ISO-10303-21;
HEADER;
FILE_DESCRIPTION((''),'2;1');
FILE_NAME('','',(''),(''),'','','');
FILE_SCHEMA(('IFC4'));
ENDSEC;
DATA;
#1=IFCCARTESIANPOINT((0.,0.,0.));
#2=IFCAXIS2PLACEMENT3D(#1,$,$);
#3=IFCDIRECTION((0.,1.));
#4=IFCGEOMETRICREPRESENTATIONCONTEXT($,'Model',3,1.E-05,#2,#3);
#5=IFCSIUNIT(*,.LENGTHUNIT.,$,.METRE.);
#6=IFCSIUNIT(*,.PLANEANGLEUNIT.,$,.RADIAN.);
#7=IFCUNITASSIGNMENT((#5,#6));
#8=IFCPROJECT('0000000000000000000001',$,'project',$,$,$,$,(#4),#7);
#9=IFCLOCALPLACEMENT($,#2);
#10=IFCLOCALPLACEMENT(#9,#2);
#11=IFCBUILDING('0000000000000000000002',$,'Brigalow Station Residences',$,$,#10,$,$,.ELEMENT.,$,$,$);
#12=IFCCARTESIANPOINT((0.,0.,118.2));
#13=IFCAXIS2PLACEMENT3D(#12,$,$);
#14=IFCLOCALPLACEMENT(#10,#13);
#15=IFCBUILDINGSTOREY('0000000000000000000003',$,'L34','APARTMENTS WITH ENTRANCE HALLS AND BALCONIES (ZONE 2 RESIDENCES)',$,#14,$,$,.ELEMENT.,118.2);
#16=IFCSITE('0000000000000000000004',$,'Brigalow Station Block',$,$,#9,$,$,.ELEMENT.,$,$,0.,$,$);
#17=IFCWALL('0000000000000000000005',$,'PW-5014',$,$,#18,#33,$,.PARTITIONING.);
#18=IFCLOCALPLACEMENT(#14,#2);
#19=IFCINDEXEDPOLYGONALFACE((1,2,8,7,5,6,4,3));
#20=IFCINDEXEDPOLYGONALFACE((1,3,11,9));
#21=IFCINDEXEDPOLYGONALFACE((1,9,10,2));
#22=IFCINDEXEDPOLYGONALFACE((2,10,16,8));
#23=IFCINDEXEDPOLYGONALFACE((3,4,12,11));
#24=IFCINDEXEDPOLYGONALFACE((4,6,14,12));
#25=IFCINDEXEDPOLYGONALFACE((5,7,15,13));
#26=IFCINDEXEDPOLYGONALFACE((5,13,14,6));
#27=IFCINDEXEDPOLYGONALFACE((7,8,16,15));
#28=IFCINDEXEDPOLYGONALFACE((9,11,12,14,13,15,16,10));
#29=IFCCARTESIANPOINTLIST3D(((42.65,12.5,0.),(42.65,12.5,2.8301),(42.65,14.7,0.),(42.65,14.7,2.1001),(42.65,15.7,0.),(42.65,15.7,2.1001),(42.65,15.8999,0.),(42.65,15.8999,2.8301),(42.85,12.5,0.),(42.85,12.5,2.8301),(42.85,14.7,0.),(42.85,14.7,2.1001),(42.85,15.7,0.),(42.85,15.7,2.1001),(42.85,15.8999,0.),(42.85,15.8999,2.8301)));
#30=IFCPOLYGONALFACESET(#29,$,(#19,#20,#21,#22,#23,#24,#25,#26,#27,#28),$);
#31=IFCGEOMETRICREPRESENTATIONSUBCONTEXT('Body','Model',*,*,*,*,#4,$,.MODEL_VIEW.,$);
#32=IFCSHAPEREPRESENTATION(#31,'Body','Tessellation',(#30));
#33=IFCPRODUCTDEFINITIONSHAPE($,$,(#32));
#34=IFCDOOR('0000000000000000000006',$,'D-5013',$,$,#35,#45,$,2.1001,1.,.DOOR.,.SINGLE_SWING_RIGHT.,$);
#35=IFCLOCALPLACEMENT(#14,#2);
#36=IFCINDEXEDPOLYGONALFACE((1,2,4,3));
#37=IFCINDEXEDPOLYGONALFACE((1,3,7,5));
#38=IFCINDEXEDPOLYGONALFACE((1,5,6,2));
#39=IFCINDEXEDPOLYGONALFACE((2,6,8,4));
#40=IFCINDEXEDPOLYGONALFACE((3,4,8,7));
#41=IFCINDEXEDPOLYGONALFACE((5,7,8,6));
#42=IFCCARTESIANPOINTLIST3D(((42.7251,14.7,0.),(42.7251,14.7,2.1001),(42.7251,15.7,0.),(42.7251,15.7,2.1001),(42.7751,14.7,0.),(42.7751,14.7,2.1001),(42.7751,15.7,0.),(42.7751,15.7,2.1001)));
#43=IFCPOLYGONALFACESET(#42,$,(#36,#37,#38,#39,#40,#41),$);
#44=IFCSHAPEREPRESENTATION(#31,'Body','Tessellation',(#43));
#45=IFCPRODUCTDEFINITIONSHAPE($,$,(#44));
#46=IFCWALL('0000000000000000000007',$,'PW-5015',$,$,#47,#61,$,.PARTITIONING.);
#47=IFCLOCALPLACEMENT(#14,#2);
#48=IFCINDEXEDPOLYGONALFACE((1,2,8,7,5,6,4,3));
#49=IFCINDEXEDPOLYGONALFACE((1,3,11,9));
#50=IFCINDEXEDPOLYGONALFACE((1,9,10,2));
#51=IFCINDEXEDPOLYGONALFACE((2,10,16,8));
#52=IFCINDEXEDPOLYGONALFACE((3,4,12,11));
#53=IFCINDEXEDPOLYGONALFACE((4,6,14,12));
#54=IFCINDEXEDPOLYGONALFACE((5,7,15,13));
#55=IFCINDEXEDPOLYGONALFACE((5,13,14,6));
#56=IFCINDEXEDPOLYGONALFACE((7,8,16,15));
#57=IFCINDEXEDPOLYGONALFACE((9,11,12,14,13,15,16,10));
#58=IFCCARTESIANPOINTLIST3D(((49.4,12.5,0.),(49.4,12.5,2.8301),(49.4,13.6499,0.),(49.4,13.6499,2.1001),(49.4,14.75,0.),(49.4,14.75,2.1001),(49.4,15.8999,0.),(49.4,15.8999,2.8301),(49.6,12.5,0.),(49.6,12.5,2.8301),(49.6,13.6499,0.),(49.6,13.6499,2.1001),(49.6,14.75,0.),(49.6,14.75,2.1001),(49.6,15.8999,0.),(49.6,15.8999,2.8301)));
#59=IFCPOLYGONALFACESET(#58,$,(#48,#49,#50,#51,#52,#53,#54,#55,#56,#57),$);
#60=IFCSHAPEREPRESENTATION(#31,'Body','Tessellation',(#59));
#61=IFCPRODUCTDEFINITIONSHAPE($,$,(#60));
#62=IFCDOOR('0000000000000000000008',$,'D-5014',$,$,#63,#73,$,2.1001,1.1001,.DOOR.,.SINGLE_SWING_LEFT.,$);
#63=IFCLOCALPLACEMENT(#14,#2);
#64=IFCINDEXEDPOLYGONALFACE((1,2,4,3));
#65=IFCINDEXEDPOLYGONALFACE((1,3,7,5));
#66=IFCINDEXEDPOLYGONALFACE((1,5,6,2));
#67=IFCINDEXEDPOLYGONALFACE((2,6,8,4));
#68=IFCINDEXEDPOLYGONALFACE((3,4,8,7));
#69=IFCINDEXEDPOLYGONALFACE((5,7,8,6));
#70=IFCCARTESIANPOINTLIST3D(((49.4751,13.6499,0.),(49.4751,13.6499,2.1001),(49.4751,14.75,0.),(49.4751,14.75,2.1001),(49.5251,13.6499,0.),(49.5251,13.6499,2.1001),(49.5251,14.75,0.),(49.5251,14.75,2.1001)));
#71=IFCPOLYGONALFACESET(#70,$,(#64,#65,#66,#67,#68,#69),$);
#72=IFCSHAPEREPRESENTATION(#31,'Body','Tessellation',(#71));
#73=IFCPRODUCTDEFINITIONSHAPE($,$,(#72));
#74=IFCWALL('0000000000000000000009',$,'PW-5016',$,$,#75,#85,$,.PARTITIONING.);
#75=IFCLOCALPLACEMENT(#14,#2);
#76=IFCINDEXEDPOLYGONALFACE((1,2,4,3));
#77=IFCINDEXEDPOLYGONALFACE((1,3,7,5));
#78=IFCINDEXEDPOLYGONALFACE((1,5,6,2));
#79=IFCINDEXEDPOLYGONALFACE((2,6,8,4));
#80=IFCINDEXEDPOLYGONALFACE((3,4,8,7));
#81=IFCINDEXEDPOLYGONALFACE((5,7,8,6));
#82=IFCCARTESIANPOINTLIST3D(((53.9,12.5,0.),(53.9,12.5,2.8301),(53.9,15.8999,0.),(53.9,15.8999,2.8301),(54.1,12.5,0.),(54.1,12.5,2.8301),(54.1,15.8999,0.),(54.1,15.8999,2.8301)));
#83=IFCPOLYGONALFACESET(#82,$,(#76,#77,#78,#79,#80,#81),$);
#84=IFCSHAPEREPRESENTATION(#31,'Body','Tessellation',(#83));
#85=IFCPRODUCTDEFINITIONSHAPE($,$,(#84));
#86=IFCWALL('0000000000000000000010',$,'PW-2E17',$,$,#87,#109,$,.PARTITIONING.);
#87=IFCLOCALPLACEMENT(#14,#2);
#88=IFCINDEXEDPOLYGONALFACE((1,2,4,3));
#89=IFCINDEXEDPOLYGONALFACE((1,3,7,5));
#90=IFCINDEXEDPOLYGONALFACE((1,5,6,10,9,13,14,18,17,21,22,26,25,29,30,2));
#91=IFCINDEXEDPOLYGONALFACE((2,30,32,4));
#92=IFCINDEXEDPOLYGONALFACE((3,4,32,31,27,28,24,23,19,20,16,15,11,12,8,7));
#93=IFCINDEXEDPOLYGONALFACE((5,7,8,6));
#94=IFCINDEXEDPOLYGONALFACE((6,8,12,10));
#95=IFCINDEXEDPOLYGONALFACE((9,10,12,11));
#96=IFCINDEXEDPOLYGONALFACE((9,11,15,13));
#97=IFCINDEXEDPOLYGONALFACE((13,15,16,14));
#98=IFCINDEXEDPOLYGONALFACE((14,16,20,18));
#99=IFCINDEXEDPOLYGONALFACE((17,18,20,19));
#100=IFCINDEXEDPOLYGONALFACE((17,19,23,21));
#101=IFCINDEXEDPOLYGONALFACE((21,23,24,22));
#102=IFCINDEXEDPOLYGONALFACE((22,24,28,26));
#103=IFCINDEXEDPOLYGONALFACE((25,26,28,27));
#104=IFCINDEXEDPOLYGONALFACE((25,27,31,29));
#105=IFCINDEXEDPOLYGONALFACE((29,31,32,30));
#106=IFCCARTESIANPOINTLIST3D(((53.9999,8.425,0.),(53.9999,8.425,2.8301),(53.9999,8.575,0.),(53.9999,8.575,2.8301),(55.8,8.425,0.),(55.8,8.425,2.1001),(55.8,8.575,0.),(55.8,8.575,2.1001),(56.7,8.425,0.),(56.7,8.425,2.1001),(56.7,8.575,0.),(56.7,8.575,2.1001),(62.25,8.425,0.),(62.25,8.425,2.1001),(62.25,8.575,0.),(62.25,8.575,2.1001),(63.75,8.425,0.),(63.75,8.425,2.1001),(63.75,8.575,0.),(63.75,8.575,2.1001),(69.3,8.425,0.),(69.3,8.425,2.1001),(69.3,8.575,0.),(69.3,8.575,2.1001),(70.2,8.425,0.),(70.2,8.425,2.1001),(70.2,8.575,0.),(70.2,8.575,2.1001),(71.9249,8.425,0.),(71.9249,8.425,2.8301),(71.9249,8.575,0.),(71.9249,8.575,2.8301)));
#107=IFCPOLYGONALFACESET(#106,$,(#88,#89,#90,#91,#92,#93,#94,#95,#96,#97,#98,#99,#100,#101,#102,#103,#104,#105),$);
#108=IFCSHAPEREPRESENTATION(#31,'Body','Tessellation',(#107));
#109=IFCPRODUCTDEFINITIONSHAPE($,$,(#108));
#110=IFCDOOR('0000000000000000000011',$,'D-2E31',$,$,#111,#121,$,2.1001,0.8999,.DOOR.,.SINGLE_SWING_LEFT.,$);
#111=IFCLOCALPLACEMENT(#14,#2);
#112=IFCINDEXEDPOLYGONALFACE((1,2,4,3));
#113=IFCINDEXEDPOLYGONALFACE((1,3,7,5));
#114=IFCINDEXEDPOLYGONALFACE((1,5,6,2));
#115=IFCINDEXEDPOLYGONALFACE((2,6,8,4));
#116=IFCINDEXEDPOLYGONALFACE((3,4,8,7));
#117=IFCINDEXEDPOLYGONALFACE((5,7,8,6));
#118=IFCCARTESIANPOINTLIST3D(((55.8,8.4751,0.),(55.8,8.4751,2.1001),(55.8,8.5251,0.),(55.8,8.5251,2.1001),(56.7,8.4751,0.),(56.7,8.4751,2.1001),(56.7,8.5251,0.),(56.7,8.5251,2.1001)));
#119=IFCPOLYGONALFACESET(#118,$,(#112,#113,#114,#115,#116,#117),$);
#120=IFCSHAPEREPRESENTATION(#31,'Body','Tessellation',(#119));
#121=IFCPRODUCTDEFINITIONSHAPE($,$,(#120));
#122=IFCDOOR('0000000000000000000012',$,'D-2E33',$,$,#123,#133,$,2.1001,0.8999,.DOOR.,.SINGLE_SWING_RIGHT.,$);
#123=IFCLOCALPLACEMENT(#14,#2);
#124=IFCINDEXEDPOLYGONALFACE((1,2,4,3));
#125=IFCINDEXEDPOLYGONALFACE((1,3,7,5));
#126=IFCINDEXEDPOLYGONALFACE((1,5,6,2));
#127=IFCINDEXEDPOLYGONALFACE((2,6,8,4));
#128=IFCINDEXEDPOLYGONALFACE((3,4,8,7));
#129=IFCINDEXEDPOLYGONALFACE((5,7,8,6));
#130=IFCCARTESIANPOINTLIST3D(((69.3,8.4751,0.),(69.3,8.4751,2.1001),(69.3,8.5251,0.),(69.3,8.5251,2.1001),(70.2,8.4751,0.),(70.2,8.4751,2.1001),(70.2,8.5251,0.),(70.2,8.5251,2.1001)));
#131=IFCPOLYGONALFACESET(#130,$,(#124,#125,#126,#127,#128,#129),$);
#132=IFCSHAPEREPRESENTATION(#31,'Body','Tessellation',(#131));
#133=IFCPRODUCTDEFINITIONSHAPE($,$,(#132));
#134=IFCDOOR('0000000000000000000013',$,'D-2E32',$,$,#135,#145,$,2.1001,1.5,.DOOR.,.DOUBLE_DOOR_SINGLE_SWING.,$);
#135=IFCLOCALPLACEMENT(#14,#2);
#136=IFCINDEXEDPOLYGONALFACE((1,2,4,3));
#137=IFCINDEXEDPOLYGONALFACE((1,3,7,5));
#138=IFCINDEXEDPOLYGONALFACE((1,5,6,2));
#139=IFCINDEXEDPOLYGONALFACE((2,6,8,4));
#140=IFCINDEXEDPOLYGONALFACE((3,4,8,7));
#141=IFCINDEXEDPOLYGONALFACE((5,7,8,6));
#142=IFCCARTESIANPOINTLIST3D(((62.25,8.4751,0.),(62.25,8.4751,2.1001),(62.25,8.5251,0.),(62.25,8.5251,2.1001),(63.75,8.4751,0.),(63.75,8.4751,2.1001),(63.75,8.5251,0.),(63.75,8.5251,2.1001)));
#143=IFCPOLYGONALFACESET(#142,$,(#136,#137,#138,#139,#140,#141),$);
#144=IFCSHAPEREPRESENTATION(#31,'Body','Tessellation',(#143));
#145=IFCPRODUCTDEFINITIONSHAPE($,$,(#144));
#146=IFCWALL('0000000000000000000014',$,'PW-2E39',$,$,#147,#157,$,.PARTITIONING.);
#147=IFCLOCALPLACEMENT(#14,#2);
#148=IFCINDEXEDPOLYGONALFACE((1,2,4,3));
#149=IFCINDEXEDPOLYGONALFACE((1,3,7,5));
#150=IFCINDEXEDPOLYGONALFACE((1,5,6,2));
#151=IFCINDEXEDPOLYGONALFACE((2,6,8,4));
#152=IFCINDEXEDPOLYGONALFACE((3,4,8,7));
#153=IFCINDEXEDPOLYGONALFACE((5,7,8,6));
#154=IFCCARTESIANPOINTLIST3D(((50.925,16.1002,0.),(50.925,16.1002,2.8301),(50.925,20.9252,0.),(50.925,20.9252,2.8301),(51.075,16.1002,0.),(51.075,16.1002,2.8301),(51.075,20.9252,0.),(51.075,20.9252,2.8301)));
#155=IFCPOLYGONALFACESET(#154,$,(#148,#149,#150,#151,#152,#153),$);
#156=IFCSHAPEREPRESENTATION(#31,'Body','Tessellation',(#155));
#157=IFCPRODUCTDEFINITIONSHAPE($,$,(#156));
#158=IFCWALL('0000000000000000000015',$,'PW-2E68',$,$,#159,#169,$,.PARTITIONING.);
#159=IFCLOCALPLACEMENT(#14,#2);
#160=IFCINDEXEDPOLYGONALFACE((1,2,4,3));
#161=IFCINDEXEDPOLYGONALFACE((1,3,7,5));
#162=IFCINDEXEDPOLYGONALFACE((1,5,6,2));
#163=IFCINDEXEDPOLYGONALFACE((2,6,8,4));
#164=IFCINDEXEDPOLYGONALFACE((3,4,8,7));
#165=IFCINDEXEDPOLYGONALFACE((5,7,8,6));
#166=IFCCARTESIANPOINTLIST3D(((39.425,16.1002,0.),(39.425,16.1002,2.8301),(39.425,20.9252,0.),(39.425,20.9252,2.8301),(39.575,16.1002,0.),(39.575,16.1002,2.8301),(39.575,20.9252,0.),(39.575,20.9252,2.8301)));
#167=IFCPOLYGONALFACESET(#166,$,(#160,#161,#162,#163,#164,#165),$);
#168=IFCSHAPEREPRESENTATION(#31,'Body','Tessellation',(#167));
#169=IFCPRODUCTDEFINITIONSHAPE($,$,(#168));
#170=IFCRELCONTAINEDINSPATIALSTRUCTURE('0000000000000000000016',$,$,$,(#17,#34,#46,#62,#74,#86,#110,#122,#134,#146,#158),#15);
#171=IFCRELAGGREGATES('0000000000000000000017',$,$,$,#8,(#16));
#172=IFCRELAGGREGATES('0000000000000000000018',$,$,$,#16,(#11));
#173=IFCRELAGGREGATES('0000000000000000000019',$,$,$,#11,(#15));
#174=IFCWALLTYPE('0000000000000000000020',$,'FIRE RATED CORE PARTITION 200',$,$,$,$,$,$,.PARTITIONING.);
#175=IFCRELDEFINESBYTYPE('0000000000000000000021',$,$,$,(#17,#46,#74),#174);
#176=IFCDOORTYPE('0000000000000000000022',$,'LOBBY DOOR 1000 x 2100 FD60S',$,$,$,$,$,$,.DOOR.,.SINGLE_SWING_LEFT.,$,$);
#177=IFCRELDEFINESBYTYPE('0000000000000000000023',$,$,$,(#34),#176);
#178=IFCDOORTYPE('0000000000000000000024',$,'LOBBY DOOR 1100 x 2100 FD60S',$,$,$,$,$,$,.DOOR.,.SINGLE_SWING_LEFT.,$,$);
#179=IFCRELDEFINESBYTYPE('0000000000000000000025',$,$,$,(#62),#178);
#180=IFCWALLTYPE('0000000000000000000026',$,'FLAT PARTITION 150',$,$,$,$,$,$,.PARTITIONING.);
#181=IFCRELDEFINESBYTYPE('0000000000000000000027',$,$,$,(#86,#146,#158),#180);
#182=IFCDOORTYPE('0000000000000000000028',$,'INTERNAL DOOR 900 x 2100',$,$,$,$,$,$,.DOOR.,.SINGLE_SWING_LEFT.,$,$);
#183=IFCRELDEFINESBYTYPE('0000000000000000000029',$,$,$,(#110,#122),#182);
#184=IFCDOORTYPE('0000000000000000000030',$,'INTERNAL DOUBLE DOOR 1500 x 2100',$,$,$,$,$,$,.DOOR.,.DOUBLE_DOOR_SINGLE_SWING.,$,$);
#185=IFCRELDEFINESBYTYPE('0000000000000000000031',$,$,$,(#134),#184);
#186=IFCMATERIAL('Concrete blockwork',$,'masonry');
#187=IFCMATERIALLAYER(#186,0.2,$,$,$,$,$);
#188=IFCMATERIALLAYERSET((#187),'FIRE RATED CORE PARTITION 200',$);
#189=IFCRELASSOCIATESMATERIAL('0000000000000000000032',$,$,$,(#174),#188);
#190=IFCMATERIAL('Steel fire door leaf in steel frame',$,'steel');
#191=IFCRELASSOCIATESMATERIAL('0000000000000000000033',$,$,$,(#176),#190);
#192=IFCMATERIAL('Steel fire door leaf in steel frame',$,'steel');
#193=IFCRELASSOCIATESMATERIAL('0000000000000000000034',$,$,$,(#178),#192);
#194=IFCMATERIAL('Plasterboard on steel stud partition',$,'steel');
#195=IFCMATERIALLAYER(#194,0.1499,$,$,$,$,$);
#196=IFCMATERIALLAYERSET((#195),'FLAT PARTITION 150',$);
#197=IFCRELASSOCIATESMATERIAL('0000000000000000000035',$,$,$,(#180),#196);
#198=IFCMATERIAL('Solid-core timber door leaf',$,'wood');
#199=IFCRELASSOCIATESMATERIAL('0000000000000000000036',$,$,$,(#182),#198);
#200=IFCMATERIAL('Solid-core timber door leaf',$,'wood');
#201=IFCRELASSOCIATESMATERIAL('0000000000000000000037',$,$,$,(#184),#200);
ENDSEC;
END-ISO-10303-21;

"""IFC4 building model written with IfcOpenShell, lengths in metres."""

from ifc_helpers import new_model, si_unit, direction, frame, frame_2d, origin, place, context, subcontext, project, spatial, rectangle, extrude, material, layer, layer_set, type_object, element, fill, save


model = new_model("IFC4")

# Units and contexts
model_context = context("Model", 3, precision=1e-05, world=origin(), true_north=direction((0.0, 1.0)))
body_context = subcontext(model_context, "Body", "Model", "MODEL_VIEW")
ifc_project = project(units=[si_unit("LENGTHUNIT", "METRE"), si_unit("PLANEANGLEUNIT", "RADIAN")], contexts=[model_context])

# Site, building, storey
site_placement = place(None, origin())
site = spatial("IfcSite", under=ifc_project, at=site_placement, Name="Brigalow Station Block", CompositionType="ELEMENT", RefElevation=0.0)
building_placement = place(site_placement, origin())
building = spatial("IfcBuilding", under=site, at=building_placement, Name="Brigalow Station Residences", CompositionType="ELEMENT")
storey_placement = place(building_placement, frame((0.0, 0.0, 118.2)))
storey = spatial("IfcBuildingStorey", under=building, at=storey_placement, Name="L34", Description="APARTMENTS WITH ENTRANCE HALLS AND BALCONIES (ZONE 2 RESIDENCES)", CompositionType="ELEMENT", Elevation=118.2)

# Walls, openings, doors
ifc_material_1 = material(Name="Concrete blockwork", Category="masonry")
ifc_layer_1 = layer(ifc_material_1, 0.2)
ifc_layer_set_1 = layer_set([ifc_layer_1], Name="FIRE RATED CORE PARTITION 200")
wall_type_1 = type_object("IfcWallType", Name="FIRE RATED CORE PARTITION 200", PredefinedType="PARTITIONING", material=ifc_layer_set_1)
wall_1_placement = place(storey_placement, frame((42.75, 12.5, 0.0), z_axis=(0.0, 0.0, 1.0), x_axis=(0.0, 1.0, 0.0)))
wall_1 = element("IfcWall", 1, at=wall_1_placement, inside=storey, type_object=wall_type_1, Name="PW-5014", PredefinedType="PARTITIONING", context=body_context, shape_type="SweptSolid", body=[
    extrude(rectangle(XDim=3.3999, YDim=0.2, at=frame_2d((1.7, 0.0))), origin(), (0.0, 0.0, 1.0), 2.8301),
])
opening_1_placement = place(wall_1_placement, frame((2.2, 0.0, 0.0)))
opening_1 = element("IfcOpeningElement", 2, at=opening_1_placement, cuts=wall_1, PredefinedType="OPENING", context=body_context, shape_type="SweptSolid", body=[
    extrude(rectangle(XDim=1.0, YDim=2.1001, at=frame_2d((0.5, 1.05))), frame((0.0, 0.1099, 0.0), z_axis=(0.0, -1.0, 0.0), x_axis=(1.0, 0.0, 0.0)), (0.0, 0.0, 1.0), 0.22),
])
ifc_material_2 = material(Name="Steel fire door leaf in steel frame", Category="steel")
door_type_1 = type_object("IfcDoorType", Name="LOBBY DOOR 1000 x 2100 FD60S", OperationType="SINGLE_SWING_LEFT", PredefinedType="DOOR", material=ifc_material_2)
door_1_placement = place(opening_1_placement, origin())
door_1 = element("IfcDoor", 3, at=door_1_placement, inside=storey, type_object=door_type_1, Name="D-5013", OperationType="SINGLE_SWING_RIGHT", OverallHeight=2.1001, OverallWidth=1.0, PredefinedType="DOOR", context=body_context, shape_type="SweptSolid", body=[
    extrude(rectangle(XDim=1.0, YDim=2.1001, at=frame_2d((0.5, 1.05))), frame((0.0, 0.0249, 0.0), z_axis=(0.0, -1.0, 0.0), x_axis=(1.0, 0.0, 0.0)), (0.0, 0.0, 1.0), 0.05),
])
fill(opening_1, door_1)
wall_2_placement = place(storey_placement, frame((49.5, 12.5, 0.0), z_axis=(0.0, 0.0, 1.0), x_axis=(0.0, 1.0, 0.0)))
wall_2 = element("IfcWall", 4, at=wall_2_placement, inside=storey, type_object=wall_type_1, Name="PW-5015", PredefinedType="PARTITIONING", context=body_context, shape_type="SweptSolid", body=[
    extrude(rectangle(XDim=3.3999, YDim=0.2, at=frame_2d((1.7, 0.0))), origin(), (0.0, 0.0, 1.0), 2.8301),
])
opening_2_placement = place(wall_2_placement, frame((1.1499, 0.0, 0.0)))
opening_2 = element("IfcOpeningElement", 5, at=opening_2_placement, cuts=wall_2, PredefinedType="OPENING", context=body_context, shape_type="SweptSolid", body=[
    extrude(rectangle(XDim=1.1001, YDim=2.1001, at=frame_2d((0.55, 1.05))), frame((0.0, 0.1099, 0.0), z_axis=(0.0, -1.0, 0.0), x_axis=(1.0, 0.0, 0.0)), (0.0, 0.0, 1.0), 0.22),
])
ifc_material_3 = material(Name="Steel fire door leaf in steel frame", Category="steel")
door_type_2 = type_object("IfcDoorType", Name="LOBBY DOOR 1100 x 2100 FD60S", OperationType="SINGLE_SWING_LEFT", PredefinedType="DOOR", material=ifc_material_3)
door_2_placement = place(opening_2_placement, origin())
door_2 = element("IfcDoor", 6, at=door_2_placement, inside=storey, type_object=door_type_2, Name="D-5014", OperationType="SINGLE_SWING_LEFT", OverallHeight=2.1001, OverallWidth=1.1001, PredefinedType="DOOR", context=body_context, shape_type="SweptSolid", body=[
    extrude(rectangle(XDim=1.1001, YDim=2.1001, at=frame_2d((0.55, 1.05))), frame((0.0, 0.0249, 0.0), z_axis=(0.0, -1.0, 0.0), x_axis=(1.0, 0.0, 0.0)), (0.0, 0.0, 1.0), 0.05),
])
fill(opening_2, door_2)

# Wall
wall_3_placement = place(storey_placement, frame((54.0, 12.5, 0.0), z_axis=(0.0, 0.0, 1.0), x_axis=(0.0, 1.0, 0.0)))
element("IfcWall", 7, at=wall_3_placement, inside=storey, type_object=wall_type_1, Name="PW-5016", PredefinedType="PARTITIONING", context=body_context, shape_type="SweptSolid", body=[
    extrude(rectangle(XDim=3.3999, YDim=0.2, at=frame_2d((1.7, 0.0))), origin(), (0.0, 0.0, 1.0), 2.8301),
])

# Wall, openings, doors
ifc_material_4 = material(Name="Plasterboard on steel stud partition", Category="steel")
ifc_layer_2 = layer(ifc_material_4, 0.1499)
ifc_layer_set_2 = layer_set([ifc_layer_2], Name="FLAT PARTITION 150")
wall_type_2 = type_object("IfcWallType", Name="FLAT PARTITION 150", PredefinedType="PARTITIONING", material=ifc_layer_set_2)
wall_4_placement = place(storey_placement, frame((54.0, 8.5, 0.0), z_axis=(0.0, 0.0, 1.0), x_axis=(1.0, 0.0, 0.0)))
wall_4 = element("IfcWall", 8, at=wall_4_placement, inside=storey, type_object=wall_type_2, Name="PW-2E17", PredefinedType="PARTITIONING", context=body_context, shape_type="SweptSolid", body=[
    extrude(rectangle(XDim=17.925, YDim=0.1499, at=frame_2d((8.9624, 0.0))), origin(), (0.0, 0.0, 1.0), 2.8301),
])
opening_3_placement = place(wall_4_placement, frame((1.8, 0.0, 0.0)))
opening_3 = element("IfcOpeningElement", 9, at=opening_3_placement, cuts=wall_4, PredefinedType="OPENING", context=body_context, shape_type="SweptSolid", body=[
    extrude(rectangle(XDim=0.8999, YDim=2.1001, at=frame_2d((0.45, 1.05))), frame((0.0, 0.085, 0.0), z_axis=(0.0, -1.0, 0.0), x_axis=(1.0, 0.0, 0.0)), (0.0, 0.0, 1.0), 0.1699),
])
opening_4_placement = place(wall_4_placement, frame((8.25, 0.0, 0.0)))
opening_4 = element("IfcOpeningElement", 10, at=opening_4_placement, cuts=wall_4, PredefinedType="OPENING", context=body_context, shape_type="SweptSolid", body=[
    extrude(rectangle(XDim=1.5, YDim=2.1001, at=frame_2d((0.75, 1.05))), frame((0.0, 0.085, 0.0), z_axis=(0.0, -1.0, 0.0), x_axis=(1.0, 0.0, 0.0)), (0.0, 0.0, 1.0), 0.1699),
])
opening_5_placement = place(wall_4_placement, frame((15.3, 0.0, 0.0)))
opening_5 = element("IfcOpeningElement", 11, at=opening_5_placement, cuts=wall_4, PredefinedType="OPENING", context=body_context, shape_type="SweptSolid", body=[
    extrude(rectangle(XDim=0.8999, YDim=2.1001, at=frame_2d((0.45, 1.05))), frame((0.0, 0.085, 0.0), z_axis=(0.0, -1.0, 0.0), x_axis=(1.0, 0.0, 0.0)), (0.0, 0.0, 1.0), 0.1699),
])
ifc_material_5 = material(Name="Solid-core timber door leaf", Category="wood")
door_type_3 = type_object("IfcDoorType", Name="INTERNAL DOOR 900 x 2100", OperationType="SINGLE_SWING_LEFT", PredefinedType="DOOR", material=ifc_material_5)
door_3_placement = place(opening_3_placement, frame((0.8999, 0.0, 0.0), z_axis=(0.0, 0.0, 1.0), x_axis=(-1.0, 0.0, 0.0)))
door_3 = element("IfcDoor", 12, at=door_3_placement, inside=storey, type_object=door_type_3, Name="D-2E31", OperationType="SINGLE_SWING_LEFT", OverallHeight=2.1001, OverallWidth=0.8999, PredefinedType="DOOR", context=body_context, shape_type="SweptSolid", body=[
    extrude(rectangle(XDim=0.8999, YDim=2.1001, at=frame_2d((0.45, 1.05))), frame((0.0, 0.0249, 0.0), z_axis=(0.0, -1.0, 0.0), x_axis=(1.0, 0.0, 0.0)), (0.0, 0.0, 1.0), 0.05),
])
fill(opening_3, door_3)
door_4_placement = place(opening_5_placement, frame((0.8999, 0.0, 0.0), z_axis=(0.0, 0.0, 1.0), x_axis=(-1.0, 0.0, 0.0)))
door_4 = element("IfcDoor", 13, at=door_4_placement, inside=storey, type_object=door_type_3, Name="D-2E33", OperationType="SINGLE_SWING_RIGHT", OverallHeight=2.1001, OverallWidth=0.8999, PredefinedType="DOOR", context=body_context, shape_type="SweptSolid", body=[
    extrude(rectangle(XDim=0.8999, YDim=2.1001, at=frame_2d((0.45, 1.05))), frame((0.0, 0.0249, 0.0), z_axis=(0.0, -1.0, 0.0), x_axis=(1.0, 0.0, 0.0)), (0.0, 0.0, 1.0), 0.05),
])
fill(opening_5, door_4)
ifc_material_6 = material(Name="Solid-core timber door leaf", Category="wood")
door_type_4 = type_object("IfcDoorType", Name="INTERNAL DOUBLE DOOR 1500 x 2100", OperationType="DOUBLE_DOOR_SINGLE_SWING", PredefinedType="DOOR", material=ifc_material_6)
door_5_placement = place(opening_4_placement, frame((1.5, 0.0, 0.0), z_axis=(0.0, 0.0, 1.0), x_axis=(-1.0, 0.0, 0.0)))
door_5 = element("IfcDoor", 14, at=door_5_placement, inside=storey, type_object=door_type_4, Name="D-2E32", OperationType="DOUBLE_DOOR_SINGLE_SWING", OverallHeight=2.1001, OverallWidth=1.5, PredefinedType="DOOR", context=body_context, shape_type="SweptSolid", body=[
    extrude(rectangle(XDim=1.5, YDim=2.1001, at=frame_2d((0.75, 1.05))), frame((0.0, 0.0249, 0.0), z_axis=(0.0, -1.0, 0.0), x_axis=(1.0, 0.0, 0.0)), (0.0, 0.0, 1.0), 0.05),
])
fill(opening_4, door_5)

# Walls
for number, where, z_axis, x_axis, name in (
    (15, (51.0, 16.1001, 0.0), (0.0, 0.0, 1.0), (0.0, 1.0, 0.0), "PW-2E39"),
    (16, (39.5, 16.1001, 0.0), (0.0, 0.0, 1.0), (0.0, 1.0, 0.0), "PW-2E68"),
):
    element("IfcWall", number, at=place(storey_placement, frame(where, z_axis=z_axis, x_axis=x_axis)), inside=storey, type_object=wall_type_2, Name=name, PredefinedType="PARTITIONING", context=body_context, shape_type="SweptSolid", body=[
        extrude(rectangle(XDim=4.825, YDim=0.1499, at=frame_2d((2.4126, 0.0))), origin(), (0.0, 0.0, 1.0), 2.8301),
    ])

save(model, "model.ifc")
